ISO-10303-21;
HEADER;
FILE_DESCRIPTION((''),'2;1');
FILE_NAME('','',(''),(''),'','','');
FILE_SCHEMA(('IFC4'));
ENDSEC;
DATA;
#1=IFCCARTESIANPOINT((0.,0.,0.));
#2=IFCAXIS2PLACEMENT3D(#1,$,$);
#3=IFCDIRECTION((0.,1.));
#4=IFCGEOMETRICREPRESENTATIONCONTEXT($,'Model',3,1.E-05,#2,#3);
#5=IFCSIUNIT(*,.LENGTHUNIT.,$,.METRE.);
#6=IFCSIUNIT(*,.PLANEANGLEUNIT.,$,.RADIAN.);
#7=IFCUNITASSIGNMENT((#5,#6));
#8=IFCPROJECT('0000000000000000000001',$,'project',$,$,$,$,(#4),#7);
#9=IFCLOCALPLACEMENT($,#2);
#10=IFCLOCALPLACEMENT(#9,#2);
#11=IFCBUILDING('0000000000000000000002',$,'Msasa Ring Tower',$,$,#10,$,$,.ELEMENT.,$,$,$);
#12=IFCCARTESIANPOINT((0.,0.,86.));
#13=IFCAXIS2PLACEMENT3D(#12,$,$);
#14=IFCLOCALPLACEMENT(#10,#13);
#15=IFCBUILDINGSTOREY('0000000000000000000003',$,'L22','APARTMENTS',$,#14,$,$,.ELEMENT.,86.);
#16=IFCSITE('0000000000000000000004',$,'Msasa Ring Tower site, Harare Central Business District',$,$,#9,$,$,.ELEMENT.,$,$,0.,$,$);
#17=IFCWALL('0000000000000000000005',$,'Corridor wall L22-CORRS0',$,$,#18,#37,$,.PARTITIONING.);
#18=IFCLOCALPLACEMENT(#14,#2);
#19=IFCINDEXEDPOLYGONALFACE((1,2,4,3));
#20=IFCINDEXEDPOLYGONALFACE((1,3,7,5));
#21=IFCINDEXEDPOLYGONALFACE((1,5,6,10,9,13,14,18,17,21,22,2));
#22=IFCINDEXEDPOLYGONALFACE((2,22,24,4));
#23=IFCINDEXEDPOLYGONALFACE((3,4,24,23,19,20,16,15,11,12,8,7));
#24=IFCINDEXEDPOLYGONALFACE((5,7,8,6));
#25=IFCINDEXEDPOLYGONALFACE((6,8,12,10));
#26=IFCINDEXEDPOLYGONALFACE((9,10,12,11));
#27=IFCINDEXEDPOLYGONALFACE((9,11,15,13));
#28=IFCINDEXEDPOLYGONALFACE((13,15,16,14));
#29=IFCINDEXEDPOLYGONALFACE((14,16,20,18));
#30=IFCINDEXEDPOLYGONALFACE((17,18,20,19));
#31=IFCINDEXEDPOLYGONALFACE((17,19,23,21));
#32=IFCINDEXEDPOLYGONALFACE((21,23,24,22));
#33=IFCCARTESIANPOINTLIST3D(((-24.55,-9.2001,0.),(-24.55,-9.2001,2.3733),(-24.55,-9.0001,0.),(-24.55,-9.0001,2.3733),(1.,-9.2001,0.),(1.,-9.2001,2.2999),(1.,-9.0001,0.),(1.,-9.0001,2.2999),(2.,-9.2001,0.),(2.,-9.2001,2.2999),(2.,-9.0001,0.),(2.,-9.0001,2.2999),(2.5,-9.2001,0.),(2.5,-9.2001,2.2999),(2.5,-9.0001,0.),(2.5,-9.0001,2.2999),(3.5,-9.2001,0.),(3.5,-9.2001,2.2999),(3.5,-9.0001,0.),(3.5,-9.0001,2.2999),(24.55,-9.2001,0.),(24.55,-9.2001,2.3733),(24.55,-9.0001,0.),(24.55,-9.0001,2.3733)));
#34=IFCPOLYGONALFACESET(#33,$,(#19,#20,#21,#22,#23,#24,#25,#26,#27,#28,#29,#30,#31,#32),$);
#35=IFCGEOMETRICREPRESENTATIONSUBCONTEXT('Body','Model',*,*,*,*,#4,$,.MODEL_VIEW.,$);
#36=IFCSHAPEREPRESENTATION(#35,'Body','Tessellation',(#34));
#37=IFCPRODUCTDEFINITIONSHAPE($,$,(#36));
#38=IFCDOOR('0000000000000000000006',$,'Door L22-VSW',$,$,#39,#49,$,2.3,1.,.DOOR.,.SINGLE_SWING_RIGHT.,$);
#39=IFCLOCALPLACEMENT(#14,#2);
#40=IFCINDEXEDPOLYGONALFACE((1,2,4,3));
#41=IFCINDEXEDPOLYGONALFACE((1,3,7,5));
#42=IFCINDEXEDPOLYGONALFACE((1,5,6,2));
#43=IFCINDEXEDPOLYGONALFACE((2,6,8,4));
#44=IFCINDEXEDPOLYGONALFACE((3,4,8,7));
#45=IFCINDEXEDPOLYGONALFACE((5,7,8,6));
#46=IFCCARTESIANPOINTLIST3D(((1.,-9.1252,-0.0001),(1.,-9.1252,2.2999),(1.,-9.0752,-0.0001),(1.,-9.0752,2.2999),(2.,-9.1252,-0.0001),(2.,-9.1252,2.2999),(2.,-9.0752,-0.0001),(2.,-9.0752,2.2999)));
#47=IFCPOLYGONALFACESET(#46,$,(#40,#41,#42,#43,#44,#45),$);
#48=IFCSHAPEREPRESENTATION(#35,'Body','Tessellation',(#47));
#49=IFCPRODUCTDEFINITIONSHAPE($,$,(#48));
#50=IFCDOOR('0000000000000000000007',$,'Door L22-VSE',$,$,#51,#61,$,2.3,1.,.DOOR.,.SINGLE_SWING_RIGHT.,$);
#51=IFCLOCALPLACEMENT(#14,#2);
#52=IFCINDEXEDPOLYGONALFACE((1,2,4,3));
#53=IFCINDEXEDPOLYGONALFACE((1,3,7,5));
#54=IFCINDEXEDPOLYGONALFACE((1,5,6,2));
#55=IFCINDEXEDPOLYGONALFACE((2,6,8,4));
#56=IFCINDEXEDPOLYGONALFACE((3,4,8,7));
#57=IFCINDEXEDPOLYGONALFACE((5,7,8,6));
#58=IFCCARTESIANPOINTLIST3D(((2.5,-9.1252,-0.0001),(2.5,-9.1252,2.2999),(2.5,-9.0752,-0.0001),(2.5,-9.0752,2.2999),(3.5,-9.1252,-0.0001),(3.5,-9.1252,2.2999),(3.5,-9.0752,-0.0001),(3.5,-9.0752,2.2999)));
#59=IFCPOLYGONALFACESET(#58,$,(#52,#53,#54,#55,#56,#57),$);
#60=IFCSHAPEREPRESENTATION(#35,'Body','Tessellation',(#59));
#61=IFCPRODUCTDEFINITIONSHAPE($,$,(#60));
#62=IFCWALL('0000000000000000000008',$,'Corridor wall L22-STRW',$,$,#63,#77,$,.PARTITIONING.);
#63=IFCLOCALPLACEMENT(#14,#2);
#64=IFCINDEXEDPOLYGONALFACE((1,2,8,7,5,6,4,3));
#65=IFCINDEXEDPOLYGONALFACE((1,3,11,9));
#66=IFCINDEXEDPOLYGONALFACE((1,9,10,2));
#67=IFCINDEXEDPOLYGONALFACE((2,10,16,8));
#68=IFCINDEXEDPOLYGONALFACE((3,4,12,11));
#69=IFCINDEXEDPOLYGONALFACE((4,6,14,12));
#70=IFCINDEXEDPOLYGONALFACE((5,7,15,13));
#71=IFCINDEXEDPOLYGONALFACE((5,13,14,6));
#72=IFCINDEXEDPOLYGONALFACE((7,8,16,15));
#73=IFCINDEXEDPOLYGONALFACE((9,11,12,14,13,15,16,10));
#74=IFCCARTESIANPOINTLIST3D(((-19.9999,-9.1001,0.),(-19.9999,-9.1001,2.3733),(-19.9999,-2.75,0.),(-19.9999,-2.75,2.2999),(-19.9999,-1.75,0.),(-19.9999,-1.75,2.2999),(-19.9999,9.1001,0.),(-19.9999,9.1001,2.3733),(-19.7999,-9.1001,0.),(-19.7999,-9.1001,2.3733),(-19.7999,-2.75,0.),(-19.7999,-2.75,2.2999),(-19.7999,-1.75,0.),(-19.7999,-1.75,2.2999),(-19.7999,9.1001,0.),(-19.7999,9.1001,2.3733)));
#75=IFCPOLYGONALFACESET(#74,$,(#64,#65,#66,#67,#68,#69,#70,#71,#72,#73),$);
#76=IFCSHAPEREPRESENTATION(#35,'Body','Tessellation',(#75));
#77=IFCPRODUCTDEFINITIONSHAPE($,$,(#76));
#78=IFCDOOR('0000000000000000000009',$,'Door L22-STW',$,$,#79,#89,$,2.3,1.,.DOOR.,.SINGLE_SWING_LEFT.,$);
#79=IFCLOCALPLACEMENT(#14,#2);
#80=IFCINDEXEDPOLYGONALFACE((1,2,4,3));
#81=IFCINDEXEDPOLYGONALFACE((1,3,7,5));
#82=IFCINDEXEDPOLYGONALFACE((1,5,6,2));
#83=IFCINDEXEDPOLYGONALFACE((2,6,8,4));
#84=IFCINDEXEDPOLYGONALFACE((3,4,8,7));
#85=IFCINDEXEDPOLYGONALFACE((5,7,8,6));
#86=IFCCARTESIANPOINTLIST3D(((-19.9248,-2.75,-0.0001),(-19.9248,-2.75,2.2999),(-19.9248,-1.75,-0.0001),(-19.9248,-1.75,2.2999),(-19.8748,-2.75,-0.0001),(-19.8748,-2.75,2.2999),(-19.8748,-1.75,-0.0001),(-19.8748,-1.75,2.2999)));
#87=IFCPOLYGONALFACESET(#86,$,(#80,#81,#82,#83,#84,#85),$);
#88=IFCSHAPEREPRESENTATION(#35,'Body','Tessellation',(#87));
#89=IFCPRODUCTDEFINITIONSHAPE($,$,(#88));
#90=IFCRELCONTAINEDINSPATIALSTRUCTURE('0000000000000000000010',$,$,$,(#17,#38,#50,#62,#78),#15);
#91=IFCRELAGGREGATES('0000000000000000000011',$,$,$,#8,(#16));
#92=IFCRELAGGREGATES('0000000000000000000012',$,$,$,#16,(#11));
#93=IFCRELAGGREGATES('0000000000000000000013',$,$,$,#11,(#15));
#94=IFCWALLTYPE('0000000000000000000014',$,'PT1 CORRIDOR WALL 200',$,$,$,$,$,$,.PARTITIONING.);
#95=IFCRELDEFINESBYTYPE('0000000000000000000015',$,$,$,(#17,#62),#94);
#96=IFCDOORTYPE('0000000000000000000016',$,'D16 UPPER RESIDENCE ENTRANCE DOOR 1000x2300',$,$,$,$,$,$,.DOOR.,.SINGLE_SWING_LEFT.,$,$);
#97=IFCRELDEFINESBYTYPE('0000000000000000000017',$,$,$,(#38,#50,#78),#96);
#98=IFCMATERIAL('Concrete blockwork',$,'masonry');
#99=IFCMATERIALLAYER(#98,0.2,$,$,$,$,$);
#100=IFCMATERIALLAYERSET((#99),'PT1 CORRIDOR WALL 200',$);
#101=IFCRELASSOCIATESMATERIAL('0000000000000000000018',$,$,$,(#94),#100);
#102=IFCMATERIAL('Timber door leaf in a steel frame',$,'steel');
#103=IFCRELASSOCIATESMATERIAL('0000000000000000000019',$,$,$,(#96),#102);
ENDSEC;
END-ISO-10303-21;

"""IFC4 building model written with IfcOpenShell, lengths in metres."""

from ifc_helpers import new_model, si_unit, direction, frame, frame_2d, origin, place, context, subcontext, project, spatial, rectangle, extrude, material, layer, layer_set, type_object, element, fill, save


model = new_model("IFC4")

# Units and contexts
model_context = context("Model", 3, precision=1e-05, world=origin(), true_north=direction((0.0, 1.0)))
body_context = subcontext(model_context, "Body", "Model", "MODEL_VIEW")
ifc_project = project(units=[si_unit("LENGTHUNIT", "METRE"), si_unit("PLANEANGLEUNIT", "RADIAN")], contexts=[model_context])

# Site, building, storey
site_placement = place(None, origin())
site = spatial("IfcSite", under=ifc_project, at=site_placement, Name="Msasa Ring Tower site, Harare Central Business District", CompositionType="ELEMENT", RefElevation=0.0)
building_placement = place(site_placement, origin())
building = spatial("IfcBuilding", under=site, at=building_placement, Name="Msasa Ring Tower", CompositionType="ELEMENT")
storey_placement = place(building_placement, frame((0.0, 0.0, 86.0)))
storey = spatial("IfcBuildingStorey", under=building, at=storey_placement, Name="L22", Description="APARTMENTS", CompositionType="ELEMENT", Elevation=86.0)

# Wall, openings, doors
ifc_material_1 = material(Name="Concrete blockwork", Category="masonry")
ifc_layer_1 = layer(ifc_material_1, 0.2)
ifc_layer_set_1 = layer_set([ifc_layer_1], Name="PT1 CORRIDOR WALL 200")
wall_type_1 = type_object("IfcWallType", Name="PT1 CORRIDOR WALL 200", PredefinedType="PARTITIONING", material=ifc_layer_set_1)
wall_1_placement = place(storey_placement, frame((-24.55, -9.1001, 0.0), z_axis=(0.0, 0.0, 1.0), x_axis=(1.0, 0.0, 0.0)))
wall_1 = element("IfcWall", 1, at=wall_1_placement, inside=storey, type_object=wall_type_1, Name="Corridor wall L22-CORRS0", PredefinedType="PARTITIONING", context=body_context, shape_type="SweptSolid", body=[
    extrude(rectangle(XDim=49.1001, YDim=0.2, at=frame_2d((24.55, 0.0))), origin(), (0.0, 0.0, 1.0), 2.3733),
])
opening_1_placement = place(wall_1_placement, frame((25.55, 0.0, 0.0)))
opening_1 = element("IfcOpeningElement", 2, at=opening_1_placement, cuts=wall_1, PredefinedType="OPENING", context=body_context, shape_type="SweptSolid", body=[
    extrude(rectangle(XDim=1.0, YDim=2.3, at=frame_2d((0.5, 1.1499))), frame((0.0, 0.1099, 0.0), z_axis=(0.0, -1.0, 0.0), x_axis=(1.0, 0.0, 0.0)), (0.0, 0.0, 1.0), 0.22),
])
opening_2_placement = place(wall_1_placement, frame((27.05, 0.0, 0.0)))
opening_2 = element("IfcOpeningElement", 3, at=opening_2_placement, cuts=wall_1, PredefinedType="OPENING", context=body_context, shape_type="SweptSolid", body=[
    extrude(rectangle(XDim=1.0, YDim=2.3, at=frame_2d((0.5, 1.1499))), frame((0.0, 0.1099, 0.0), z_axis=(0.0, -1.0, 0.0), x_axis=(1.0, 0.0, 0.0)), (0.0, 0.0, 1.0), 0.22),
])
ifc_material_2 = material(Name="Timber door leaf in a steel frame", Category="steel")
door_type_1 = type_object("IfcDoorType", Name="D16 UPPER RESIDENCE ENTRANCE DOOR 1000x2300", OperationType="SINGLE_SWING_LEFT", PredefinedType="DOOR", material=ifc_material_2)
door_1_placement = place(opening_1_placement, origin())
door_1 = element("IfcDoor", 4, at=door_1_placement, inside=storey, type_object=door_type_1, Name="Door L22-VSW", OperationType="SINGLE_SWING_RIGHT", OverallHeight=2.3, OverallWidth=1.0, PredefinedType="DOOR", context=body_context, shape_type="SweptSolid", body=[
    extrude(rectangle(XDim=1.0, YDim=2.3, at=frame_2d((0.5, 1.1499))), frame((0.0, 0.0249, 0.0), z_axis=(0.0, -1.0, 0.0), x_axis=(1.0, 0.0, 0.0)), (0.0, 0.0, 1.0), 0.05),
])
fill(opening_1, door_1)
door_2_placement = place(opening_2_placement, origin())
door_2 = element("IfcDoor", 5, at=door_2_placement, inside=storey, type_object=door_type_1, Name="Door L22-VSE", OperationType="SINGLE_SWING_RIGHT", OverallHeight=2.3, OverallWidth=1.0, PredefinedType="DOOR", context=body_context, shape_type="SweptSolid", body=[
    extrude(rectangle(XDim=1.0, YDim=2.3, at=frame_2d((0.5, 1.1499))), frame((0.0, 0.0249, 0.0), z_axis=(0.0, -1.0, 0.0), x_axis=(1.0, 0.0, 0.0)), (0.0, 0.0, 1.0), 0.05),
])
fill(opening_2, door_2)

# Wall, opening, door
wall_2_placement = place(storey_placement, frame((-19.8999, -9.1001, 0.0), z_axis=(0.0, 0.0, 1.0), x_axis=(0.0, 1.0, 0.0)))
wall_2 = element("IfcWall", 6, at=wall_2_placement, inside=storey, type_object=wall_type_1, Name="Corridor wall L22-STRW", PredefinedType="PARTITIONING", context=body_context, shape_type="SweptSolid", body=[
    extrude(rectangle(XDim=18.2002, YDim=0.2, at=frame_2d((9.1001, 0.0))), origin(), (0.0, 0.0, 1.0), 2.3733),
])
opening_3_placement = place(wall_2_placement, frame((6.3501, 0.0, 0.0)))
opening_3 = element("IfcOpeningElement", 7, at=opening_3_placement, cuts=wall_2, PredefinedType="OPENING", context=body_context, shape_type="SweptSolid", body=[
    extrude(rectangle(XDim=1.0, YDim=2.3, at=frame_2d((0.5, 1.1499))), frame((0.0, 0.1099, 0.0), z_axis=(0.0, -1.0, 0.0), x_axis=(1.0, 0.0, 0.0)), (0.0, 0.0, 1.0), 0.22),
])
door_3_placement = place(opening_3_placement, origin())
door_3 = element("IfcDoor", 8, at=door_3_placement, inside=storey, type_object=door_type_1, Name="Door L22-STW", OperationType="SINGLE_SWING_LEFT", OverallHeight=2.3, OverallWidth=1.0, PredefinedType="DOOR", context=body_context, shape_type="SweptSolid", body=[
    extrude(rectangle(XDim=1.0, YDim=2.3, at=frame_2d((0.5, 1.1499))), frame((0.0, 0.0249, 0.0), z_axis=(0.0, -1.0, 0.0), x_axis=(1.0, 0.0, 0.0)), (0.0, 0.0, 1.0), 0.05),
])
fill(opening_3, door_3)

save(model, "model.ifc")
